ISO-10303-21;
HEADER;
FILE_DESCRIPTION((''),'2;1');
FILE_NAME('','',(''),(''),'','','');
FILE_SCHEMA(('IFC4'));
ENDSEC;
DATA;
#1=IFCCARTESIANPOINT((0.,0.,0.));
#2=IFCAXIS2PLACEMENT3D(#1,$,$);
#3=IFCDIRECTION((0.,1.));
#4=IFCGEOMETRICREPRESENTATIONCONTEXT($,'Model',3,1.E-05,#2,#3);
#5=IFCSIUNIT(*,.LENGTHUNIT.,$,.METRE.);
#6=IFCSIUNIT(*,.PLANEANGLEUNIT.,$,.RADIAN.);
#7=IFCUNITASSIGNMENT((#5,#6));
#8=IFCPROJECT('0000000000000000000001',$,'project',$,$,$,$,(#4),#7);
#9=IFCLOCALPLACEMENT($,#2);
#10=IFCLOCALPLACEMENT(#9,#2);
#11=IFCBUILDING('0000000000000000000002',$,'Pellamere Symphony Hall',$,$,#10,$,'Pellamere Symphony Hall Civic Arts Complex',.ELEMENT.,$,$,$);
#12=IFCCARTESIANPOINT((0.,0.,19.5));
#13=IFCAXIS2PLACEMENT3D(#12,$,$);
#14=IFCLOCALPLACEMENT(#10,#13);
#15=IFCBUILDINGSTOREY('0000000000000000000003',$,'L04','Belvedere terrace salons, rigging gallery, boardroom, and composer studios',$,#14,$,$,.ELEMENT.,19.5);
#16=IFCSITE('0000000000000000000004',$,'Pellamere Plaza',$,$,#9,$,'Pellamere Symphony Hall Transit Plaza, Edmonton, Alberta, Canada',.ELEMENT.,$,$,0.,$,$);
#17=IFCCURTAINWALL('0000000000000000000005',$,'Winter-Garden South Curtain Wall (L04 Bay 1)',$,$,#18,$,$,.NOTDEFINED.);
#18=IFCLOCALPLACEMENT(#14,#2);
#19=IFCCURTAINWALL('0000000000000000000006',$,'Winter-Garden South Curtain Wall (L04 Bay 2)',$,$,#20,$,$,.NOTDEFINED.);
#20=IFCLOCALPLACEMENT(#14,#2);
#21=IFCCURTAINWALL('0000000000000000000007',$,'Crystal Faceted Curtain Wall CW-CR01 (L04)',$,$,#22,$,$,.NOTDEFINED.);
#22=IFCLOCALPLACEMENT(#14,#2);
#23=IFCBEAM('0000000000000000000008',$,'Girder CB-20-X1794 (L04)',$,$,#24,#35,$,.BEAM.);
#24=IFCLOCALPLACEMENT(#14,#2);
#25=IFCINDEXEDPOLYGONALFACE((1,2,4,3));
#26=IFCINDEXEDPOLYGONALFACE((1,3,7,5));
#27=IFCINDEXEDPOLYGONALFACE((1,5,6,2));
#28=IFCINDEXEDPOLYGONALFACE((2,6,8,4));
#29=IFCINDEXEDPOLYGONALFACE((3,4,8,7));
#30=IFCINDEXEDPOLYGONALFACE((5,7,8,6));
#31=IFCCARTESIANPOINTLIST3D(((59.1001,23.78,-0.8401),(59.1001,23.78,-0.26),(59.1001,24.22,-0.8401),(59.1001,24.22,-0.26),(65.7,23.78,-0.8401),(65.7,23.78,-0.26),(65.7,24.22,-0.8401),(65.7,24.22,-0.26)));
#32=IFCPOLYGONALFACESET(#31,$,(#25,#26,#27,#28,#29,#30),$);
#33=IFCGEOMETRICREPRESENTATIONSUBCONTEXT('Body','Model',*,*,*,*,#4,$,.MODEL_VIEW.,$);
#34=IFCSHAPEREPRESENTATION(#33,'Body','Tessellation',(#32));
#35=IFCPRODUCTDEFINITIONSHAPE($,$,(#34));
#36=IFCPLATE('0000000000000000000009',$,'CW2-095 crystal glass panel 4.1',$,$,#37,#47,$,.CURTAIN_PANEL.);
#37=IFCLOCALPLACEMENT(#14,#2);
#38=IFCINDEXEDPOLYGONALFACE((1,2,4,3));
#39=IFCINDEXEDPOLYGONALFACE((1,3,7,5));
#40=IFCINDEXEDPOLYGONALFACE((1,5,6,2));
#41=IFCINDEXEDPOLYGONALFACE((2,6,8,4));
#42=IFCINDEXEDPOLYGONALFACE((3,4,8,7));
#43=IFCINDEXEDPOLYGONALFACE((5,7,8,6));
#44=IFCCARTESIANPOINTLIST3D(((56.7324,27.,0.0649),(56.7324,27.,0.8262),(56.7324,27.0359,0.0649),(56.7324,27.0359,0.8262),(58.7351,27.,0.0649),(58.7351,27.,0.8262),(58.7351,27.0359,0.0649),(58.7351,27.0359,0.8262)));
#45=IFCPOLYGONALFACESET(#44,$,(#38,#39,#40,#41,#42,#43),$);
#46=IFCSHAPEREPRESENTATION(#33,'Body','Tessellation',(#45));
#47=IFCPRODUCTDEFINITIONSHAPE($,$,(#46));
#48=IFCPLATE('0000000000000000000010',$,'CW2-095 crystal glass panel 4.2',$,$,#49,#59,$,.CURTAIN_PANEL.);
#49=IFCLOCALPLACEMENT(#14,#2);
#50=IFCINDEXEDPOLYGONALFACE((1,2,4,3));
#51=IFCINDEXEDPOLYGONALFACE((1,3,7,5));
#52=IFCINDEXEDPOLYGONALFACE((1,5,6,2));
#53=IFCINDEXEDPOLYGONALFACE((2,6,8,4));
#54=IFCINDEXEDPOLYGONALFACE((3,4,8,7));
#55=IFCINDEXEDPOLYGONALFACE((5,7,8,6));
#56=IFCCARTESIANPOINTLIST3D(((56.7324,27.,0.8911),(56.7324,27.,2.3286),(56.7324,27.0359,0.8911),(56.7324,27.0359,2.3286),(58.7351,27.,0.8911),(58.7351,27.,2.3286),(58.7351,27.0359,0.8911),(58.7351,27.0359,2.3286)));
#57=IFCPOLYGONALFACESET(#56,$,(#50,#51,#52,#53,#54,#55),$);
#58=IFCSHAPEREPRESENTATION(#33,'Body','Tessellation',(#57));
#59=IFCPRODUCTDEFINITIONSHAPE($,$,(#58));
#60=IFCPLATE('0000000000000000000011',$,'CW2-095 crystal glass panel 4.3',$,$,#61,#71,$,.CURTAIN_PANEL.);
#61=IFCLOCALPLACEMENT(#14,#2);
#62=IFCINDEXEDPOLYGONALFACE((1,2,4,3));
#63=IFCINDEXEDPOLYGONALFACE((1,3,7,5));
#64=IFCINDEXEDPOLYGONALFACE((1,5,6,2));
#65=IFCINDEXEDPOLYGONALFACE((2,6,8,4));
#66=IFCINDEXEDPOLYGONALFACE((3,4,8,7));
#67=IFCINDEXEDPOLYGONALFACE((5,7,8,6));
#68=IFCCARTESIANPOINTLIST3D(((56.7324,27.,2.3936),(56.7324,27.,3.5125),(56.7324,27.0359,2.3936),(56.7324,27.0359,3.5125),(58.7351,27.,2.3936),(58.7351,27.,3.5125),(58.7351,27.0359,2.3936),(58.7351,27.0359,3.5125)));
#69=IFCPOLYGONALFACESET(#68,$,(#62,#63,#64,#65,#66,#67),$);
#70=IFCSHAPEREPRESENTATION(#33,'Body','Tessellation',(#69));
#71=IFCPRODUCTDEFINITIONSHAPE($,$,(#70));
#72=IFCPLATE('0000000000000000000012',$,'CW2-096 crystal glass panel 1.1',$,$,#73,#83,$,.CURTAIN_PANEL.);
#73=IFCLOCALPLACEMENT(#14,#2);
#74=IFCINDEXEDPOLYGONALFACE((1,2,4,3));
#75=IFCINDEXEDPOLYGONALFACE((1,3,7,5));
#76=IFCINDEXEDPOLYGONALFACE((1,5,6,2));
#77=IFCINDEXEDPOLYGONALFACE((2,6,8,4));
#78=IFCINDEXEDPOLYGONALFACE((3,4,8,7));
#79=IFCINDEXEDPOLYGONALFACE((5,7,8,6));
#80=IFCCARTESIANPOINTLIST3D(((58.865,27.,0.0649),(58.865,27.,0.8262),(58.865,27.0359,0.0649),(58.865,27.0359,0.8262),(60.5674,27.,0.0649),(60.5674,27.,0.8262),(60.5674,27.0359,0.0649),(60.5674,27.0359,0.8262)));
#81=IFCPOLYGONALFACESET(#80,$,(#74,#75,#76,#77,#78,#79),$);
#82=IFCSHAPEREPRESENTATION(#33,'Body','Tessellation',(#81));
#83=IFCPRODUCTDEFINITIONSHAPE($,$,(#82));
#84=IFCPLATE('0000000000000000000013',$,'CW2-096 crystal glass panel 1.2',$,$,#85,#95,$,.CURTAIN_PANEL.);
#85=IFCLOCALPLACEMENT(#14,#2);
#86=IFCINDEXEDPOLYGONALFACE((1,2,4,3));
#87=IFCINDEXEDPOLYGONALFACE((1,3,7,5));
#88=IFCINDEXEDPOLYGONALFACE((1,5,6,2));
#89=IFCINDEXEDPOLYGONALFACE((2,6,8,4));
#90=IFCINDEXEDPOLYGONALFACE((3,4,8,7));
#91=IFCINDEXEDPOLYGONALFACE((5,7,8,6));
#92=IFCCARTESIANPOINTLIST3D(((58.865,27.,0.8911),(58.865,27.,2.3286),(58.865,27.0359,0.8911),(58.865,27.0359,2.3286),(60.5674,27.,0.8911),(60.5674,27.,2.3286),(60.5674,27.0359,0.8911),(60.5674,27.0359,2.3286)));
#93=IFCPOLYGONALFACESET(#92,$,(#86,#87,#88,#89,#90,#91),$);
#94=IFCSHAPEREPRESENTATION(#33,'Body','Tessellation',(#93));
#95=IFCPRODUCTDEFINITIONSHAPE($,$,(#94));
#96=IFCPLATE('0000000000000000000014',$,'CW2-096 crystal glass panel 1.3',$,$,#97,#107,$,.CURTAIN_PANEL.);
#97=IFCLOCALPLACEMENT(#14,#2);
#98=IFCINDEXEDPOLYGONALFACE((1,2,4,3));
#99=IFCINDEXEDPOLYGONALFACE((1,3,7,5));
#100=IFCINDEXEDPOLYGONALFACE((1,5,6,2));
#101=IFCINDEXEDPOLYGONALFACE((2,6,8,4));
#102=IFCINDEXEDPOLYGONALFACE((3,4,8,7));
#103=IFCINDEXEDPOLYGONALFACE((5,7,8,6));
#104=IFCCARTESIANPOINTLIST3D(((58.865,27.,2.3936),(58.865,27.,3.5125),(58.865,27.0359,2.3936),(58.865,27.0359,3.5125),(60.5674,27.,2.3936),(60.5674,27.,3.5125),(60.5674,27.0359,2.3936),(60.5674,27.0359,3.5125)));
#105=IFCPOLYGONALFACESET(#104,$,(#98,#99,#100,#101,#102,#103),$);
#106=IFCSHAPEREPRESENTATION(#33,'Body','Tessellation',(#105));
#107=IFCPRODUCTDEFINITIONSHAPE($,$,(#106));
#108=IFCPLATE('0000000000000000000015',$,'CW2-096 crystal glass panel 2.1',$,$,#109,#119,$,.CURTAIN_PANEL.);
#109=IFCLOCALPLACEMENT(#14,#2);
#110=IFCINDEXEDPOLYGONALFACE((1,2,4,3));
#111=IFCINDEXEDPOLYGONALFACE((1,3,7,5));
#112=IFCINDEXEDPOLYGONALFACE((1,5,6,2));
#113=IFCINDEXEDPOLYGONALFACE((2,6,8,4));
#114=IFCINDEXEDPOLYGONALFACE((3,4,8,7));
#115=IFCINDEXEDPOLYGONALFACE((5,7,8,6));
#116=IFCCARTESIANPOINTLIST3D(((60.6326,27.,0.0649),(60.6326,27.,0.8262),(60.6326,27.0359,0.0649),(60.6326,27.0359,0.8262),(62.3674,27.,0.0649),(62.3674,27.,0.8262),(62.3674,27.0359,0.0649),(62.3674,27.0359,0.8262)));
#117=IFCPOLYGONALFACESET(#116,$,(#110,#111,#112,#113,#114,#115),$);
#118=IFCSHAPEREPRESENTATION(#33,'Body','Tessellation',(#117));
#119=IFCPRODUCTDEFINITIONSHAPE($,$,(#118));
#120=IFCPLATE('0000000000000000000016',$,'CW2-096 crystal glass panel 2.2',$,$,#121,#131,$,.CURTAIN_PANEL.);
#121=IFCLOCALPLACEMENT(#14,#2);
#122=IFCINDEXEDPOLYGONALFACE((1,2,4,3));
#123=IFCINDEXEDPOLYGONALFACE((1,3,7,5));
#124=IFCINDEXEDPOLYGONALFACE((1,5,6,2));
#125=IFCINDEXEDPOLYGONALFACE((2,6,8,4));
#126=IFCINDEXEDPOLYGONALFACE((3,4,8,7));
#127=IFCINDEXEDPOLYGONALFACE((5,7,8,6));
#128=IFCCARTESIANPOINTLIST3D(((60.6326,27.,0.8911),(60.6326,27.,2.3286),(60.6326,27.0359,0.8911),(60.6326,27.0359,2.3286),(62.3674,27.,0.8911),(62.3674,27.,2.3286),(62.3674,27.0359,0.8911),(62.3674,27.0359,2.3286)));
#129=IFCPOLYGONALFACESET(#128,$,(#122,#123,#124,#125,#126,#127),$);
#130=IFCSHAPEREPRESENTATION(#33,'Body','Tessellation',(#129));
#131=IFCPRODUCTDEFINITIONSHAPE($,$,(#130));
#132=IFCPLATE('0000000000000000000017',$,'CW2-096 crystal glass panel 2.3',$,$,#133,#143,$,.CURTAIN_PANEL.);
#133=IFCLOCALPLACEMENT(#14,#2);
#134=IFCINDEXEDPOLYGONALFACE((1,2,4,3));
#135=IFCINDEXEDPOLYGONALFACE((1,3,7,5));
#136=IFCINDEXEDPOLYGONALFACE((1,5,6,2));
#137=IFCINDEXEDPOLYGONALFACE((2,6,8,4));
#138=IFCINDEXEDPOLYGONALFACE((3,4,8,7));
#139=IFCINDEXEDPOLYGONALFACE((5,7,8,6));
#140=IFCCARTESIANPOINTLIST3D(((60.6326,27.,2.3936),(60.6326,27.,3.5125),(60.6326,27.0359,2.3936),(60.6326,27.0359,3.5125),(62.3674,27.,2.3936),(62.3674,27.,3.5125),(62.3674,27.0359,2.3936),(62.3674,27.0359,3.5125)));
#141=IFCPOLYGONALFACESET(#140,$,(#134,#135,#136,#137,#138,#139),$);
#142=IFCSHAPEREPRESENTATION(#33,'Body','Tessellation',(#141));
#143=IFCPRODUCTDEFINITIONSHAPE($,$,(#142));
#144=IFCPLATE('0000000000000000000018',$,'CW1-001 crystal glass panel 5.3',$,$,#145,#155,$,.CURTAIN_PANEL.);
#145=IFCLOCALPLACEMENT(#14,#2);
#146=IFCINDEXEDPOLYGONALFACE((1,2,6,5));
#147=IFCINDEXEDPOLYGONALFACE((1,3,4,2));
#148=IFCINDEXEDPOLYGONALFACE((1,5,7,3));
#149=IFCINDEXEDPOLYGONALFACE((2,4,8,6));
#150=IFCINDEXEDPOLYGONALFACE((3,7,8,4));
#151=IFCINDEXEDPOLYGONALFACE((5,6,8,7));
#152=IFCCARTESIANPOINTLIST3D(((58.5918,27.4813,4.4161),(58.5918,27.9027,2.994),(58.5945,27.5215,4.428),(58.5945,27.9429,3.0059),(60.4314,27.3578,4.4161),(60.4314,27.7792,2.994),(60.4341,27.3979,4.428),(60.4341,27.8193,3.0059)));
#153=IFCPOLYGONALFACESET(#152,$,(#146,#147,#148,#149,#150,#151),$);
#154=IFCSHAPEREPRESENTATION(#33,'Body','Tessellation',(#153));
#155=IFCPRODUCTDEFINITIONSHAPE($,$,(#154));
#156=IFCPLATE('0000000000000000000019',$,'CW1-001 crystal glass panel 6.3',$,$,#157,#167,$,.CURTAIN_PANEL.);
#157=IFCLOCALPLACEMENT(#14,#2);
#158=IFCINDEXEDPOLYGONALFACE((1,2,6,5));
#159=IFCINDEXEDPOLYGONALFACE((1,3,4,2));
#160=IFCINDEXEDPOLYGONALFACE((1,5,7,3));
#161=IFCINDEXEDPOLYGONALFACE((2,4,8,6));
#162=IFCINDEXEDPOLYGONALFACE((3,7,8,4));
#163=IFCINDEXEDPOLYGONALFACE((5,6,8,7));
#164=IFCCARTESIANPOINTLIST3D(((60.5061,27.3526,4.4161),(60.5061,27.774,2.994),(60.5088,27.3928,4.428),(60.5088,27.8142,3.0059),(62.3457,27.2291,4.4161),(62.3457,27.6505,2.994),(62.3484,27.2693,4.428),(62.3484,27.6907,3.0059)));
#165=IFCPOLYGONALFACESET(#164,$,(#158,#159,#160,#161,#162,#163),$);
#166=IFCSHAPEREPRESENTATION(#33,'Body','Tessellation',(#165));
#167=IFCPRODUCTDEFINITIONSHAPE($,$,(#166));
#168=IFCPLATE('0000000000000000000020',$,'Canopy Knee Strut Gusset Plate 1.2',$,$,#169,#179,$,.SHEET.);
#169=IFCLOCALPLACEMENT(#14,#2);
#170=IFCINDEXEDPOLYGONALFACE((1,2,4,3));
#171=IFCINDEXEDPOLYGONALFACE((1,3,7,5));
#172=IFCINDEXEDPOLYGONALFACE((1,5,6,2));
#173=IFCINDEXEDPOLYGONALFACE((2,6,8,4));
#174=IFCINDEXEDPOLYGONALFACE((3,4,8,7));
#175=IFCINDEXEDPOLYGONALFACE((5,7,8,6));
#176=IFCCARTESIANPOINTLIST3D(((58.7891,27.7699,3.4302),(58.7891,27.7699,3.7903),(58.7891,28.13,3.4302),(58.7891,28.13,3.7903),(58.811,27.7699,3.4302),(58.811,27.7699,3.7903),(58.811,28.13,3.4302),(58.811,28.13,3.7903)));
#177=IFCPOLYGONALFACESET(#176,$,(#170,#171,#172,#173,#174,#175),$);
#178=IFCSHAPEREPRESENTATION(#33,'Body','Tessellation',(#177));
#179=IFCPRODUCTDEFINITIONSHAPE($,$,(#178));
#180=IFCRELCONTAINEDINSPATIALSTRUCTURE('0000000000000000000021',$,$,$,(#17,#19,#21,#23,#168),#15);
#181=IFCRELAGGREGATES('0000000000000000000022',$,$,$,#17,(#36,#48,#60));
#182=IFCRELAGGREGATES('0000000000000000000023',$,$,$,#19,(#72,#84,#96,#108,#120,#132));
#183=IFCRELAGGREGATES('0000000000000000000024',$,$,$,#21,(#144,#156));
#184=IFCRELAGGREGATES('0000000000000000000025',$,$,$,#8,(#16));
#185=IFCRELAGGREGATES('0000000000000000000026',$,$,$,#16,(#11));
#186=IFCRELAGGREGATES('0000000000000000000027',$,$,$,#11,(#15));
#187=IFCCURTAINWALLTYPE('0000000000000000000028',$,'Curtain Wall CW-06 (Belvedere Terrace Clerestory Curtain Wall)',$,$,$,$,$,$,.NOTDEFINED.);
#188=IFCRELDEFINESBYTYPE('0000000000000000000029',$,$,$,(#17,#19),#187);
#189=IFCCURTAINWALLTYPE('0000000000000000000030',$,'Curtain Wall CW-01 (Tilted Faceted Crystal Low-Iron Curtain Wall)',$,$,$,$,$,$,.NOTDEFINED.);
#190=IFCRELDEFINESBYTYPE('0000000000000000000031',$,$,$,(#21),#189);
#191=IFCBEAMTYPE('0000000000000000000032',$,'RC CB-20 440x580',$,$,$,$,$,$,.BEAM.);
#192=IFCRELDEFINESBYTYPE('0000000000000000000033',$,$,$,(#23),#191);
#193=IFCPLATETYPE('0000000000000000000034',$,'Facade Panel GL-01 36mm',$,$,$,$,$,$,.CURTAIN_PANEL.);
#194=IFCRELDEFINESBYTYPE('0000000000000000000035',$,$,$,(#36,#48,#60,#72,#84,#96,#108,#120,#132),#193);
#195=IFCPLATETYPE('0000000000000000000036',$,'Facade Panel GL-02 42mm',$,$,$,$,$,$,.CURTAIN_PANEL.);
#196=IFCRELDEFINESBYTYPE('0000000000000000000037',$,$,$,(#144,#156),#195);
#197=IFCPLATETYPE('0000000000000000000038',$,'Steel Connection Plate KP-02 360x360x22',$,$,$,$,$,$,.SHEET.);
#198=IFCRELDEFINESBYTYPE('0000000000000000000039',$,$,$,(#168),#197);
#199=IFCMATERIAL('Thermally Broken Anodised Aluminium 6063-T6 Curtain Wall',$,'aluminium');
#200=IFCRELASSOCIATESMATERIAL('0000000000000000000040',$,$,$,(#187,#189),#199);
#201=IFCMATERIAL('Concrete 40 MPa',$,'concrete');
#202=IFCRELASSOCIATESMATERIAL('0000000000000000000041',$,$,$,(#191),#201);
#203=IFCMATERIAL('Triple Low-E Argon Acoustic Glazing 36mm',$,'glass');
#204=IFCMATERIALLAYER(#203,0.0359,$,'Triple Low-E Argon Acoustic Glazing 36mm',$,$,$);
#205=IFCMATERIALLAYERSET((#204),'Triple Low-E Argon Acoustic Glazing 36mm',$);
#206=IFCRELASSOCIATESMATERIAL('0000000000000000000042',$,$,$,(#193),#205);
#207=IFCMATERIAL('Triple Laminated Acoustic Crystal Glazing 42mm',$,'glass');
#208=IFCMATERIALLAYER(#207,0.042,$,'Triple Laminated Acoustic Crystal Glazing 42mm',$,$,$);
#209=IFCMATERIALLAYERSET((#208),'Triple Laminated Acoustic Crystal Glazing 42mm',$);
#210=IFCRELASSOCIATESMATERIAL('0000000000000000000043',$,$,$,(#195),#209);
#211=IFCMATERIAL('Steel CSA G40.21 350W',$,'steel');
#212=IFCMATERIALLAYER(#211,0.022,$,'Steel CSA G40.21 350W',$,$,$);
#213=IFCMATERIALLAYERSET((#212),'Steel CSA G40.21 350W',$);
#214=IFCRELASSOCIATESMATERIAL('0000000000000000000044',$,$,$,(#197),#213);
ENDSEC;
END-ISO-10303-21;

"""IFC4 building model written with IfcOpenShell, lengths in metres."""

from ifc_helpers import new_model, si_unit, direction, frame, origin, origin_2d, place, context, subcontext, project, spatial, polyline, rectangle, outline, extrude, material, layer, layer_set, material_profile, profile_set, type_object, element, aggregate, save


model = new_model("IFC4")

# Units and contexts
model_context = context("Model", 3, precision=1e-05, world=origin(), true_north=direction((0.0, 1.0)))
body_context = subcontext(model_context, "Body", "Model", "MODEL_VIEW")
ifc_project = project(units=[si_unit("LENGTHUNIT", "METRE"), si_unit("PLANEANGLEUNIT", "RADIAN")], contexts=[model_context])

# Site, building, storey
site_placement = place(None, origin())
site = spatial("IfcSite", under=ifc_project, at=site_placement, Name="Pellamere Plaza", LongName="Pellamere Symphony Hall Transit Plaza, Edmonton, Alberta, Canada", CompositionType="ELEMENT", RefElevation=0.0)
building_placement = place(site_placement, origin())
building = spatial("IfcBuilding", under=site, at=building_placement, Name="Pellamere Symphony Hall", LongName="Pellamere Symphony Hall Civic Arts Complex", CompositionType="ELEMENT")
storey_placement = place(building_placement, frame((0.0, 0.0, 19.5)))
storey = spatial("IfcBuildingStorey", under=building, at=storey_placement, Name="L04", Description="Belvedere terrace salons, rigging gallery, boardroom, and composer studios", CompositionType="ELEMENT", Elevation=19.5)

# Curtain walls
ifc_material_1 = material(Name="Thermally Broken Anodised Aluminium 6063-T6 Curtain Wall", Category="aluminium")
curtain_wall_type_1 = type_object("IfcCurtainWallType", Name="Curtain Wall CW-06 (Belvedere Terrace Clerestory Curtain Wall)", PredefinedType="NOTDEFINED", material=ifc_material_1)
curtain_wall_1_placement = place(storey_placement, origin())
curtain_wall_1 = element("IfcCurtainWall", 1, at=curtain_wall_1_placement, inside=storey, type_object=curtain_wall_type_1, Name="Winter-Garden South Curtain Wall (L04 Bay 1)", PredefinedType="NOTDEFINED")
curtain_wall_2_placement = place(storey_placement, origin())
curtain_wall_2 = element("IfcCurtainWall", 2, at=curtain_wall_2_placement, inside=storey, type_object=curtain_wall_type_1, Name="Winter-Garden South Curtain Wall (L04 Bay 2)", PredefinedType="NOTDEFINED")
curtain_wall_type_2 = type_object("IfcCurtainWallType", Name="Curtain Wall CW-01 (Tilted Faceted Crystal Low-Iron Curtain Wall)", PredefinedType="NOTDEFINED", material=ifc_material_1)
curtain_wall_3_placement = place(storey_placement, origin())
curtain_wall_3 = element("IfcCurtainWall", 3, at=curtain_wall_3_placement, inside=storey, type_object=curtain_wall_type_2, Name="Crystal Faceted Curtain Wall CW-CR01 (L04)", PredefinedType="NOTDEFINED")

# Beam
ifc_material_2 = material(Name="Concrete 40 MPa", Category="concrete")
ifc_material_profile_1 = material_profile(ifc_material_2, rectangle(XDim=0.4399, YDim=0.5801, at=origin_2d()), Name="RC 440x580")
ifc_profile_set_1 = profile_set([ifc_material_profile_1], Name="Concrete 40 MPa")
beam_type_1 = type_object("IfcBeamType", Name="RC CB-20 440x580", PredefinedType="BEAM", material=ifc_profile_set_1)
beam_1_placement = place(storey_placement, frame((59.1001, 24.0, -0.55), z_axis=(1.0, 0.0, 0.0), x_axis=(0.0, 1.0, 0.0)))
element("IfcBeam", 4, at=beam_1_placement, inside=storey, type_object=beam_type_1, Name="Girder CB-20-X1794 (L04)", PredefinedType="BEAM", context=body_context, shape_type="SweptSolid", body=[
    extrude(rectangle(XDim=0.4399, YDim=0.5801, at=origin_2d()), origin(), (0.0, 0.0, 1.0), 6.5999),
])

# Plates
ifc_material_3 = material(Name="Triple Low-E Argon Acoustic Glazing 36mm", Category="glass")
ifc_layer_1 = layer(ifc_material_3, 0.0359, Name="Triple Low-E Argon Acoustic Glazing 36mm")
ifc_layer_set_1 = layer_set([ifc_layer_1], Name="Triple Low-E Argon Acoustic Glazing 36mm")
plate_type_1 = type_object("IfcPlateType", Name="Facade Panel GL-01 36mm", PredefinedType="CURTAIN_PANEL", material=ifc_layer_set_1)
plate_1_placement = place(storey_placement, frame((56.7324, 27.0, 0.0649), z_axis=(0.0, -1.0, 0.0), x_axis=(1.0, 0.0, 0.0)))
plate_1 = element("IfcPlate", 5, at=plate_1_placement, type_object=plate_type_1, Name="CW2-095 crystal glass panel 4.1", PredefinedType="CURTAIN_PANEL", context=body_context, shape_type="SweptSolid", body=[
    extrude(outline(polyline([(0.0, 0.0), (2.0027, 0.0), (2.0027, 0.7612), (0.0, 0.7612), (0.0, 0.0)])), origin(), (0.0, 0.0, -1.0), 0.0359),
])
plate_2_placement = place(storey_placement, frame((56.7324, 27.0, 0.8911), z_axis=(0.0, -1.0, 0.0), x_axis=(1.0, 0.0, 0.0)))
plate_2 = element("IfcPlate", 6, at=plate_2_placement, type_object=plate_type_1, Name="CW2-095 crystal glass panel 4.2", PredefinedType="CURTAIN_PANEL", context=body_context, shape_type="SweptSolid", body=[
    extrude(outline(polyline([(0.0, 0.0), (2.0027, 0.0), (2.0027, 1.4375), (0.0, 1.4375), (0.0, 0.0)])), origin(), (0.0, 0.0, -1.0), 0.0359),
])
plate_3_placement = place(storey_placement, frame((56.7324, 27.0, 2.3936), z_axis=(0.0, -1.0, 0.0), x_axis=(1.0, 0.0, 0.0)))
plate_3 = element("IfcPlate", 7, at=plate_3_placement, type_object=plate_type_1, Name="CW2-095 crystal glass panel 4.3", PredefinedType="CURTAIN_PANEL", context=body_context, shape_type="SweptSolid", body=[
    extrude(outline(polyline([(0.0, 0.0), (2.0027, 0.0), (2.0027, 1.1189), (0.0, 1.1189), (0.0, 0.0)])), origin(), (0.0, 0.0, -1.0), 0.0359),
])
aggregate(curtain_wall_1, [plate_1, plate_2, plate_3])
plate_4_placement = place(storey_placement, frame((58.865, 27.0, 0.0649), z_axis=(0.0, -1.0, 0.0), x_axis=(1.0, 0.0, 0.0)))
plate_4 = element("IfcPlate", 8, at=plate_4_placement, type_object=plate_type_1, Name="CW2-096 crystal glass panel 1.1", PredefinedType="CURTAIN_PANEL", context=body_context, shape_type="SweptSolid", body=[
    extrude(outline(polyline([(0.0, 0.0), (1.7024, 0.0), (1.7024, 0.7612), (0.0, 0.7612), (0.0, 0.0)])), origin(), (0.0, 0.0, -1.0), 0.0359),
])
plate_5_placement = place(storey_placement, frame((58.865, 27.0, 0.8911), z_axis=(0.0, -1.0, 0.0), x_axis=(1.0, 0.0, 0.0)))
plate_5 = element("IfcPlate", 9, at=plate_5_placement, type_object=plate_type_1, Name="CW2-096 crystal glass panel 1.2", PredefinedType="CURTAIN_PANEL", context=body_context, shape_type="SweptSolid", body=[
    extrude(outline(polyline([(0.0, 0.0), (1.7024, 0.0), (1.7024, 1.4375), (0.0, 1.4375), (0.0, 0.0)])), origin(), (0.0, 0.0, -1.0), 0.0359),
])
plate_6_placement = place(storey_placement, frame((58.865, 27.0, 2.3936), z_axis=(0.0, -1.0, 0.0), x_axis=(1.0, 0.0, 0.0)))
plate_6 = element("IfcPlate", 10, at=plate_6_placement, type_object=plate_type_1, Name="CW2-096 crystal glass panel 1.3", PredefinedType="CURTAIN_PANEL", context=body_context, shape_type="SweptSolid", body=[
    extrude(outline(polyline([(0.0, 0.0), (1.7024, 0.0), (1.7024, 1.1189), (0.0, 1.1189), (0.0, 0.0)])), origin(), (0.0, 0.0, -1.0), 0.0359),
])
plate_7_placement = place(storey_placement, frame((60.6326, 27.0, 0.0649), z_axis=(0.0, -1.0, 0.0), x_axis=(1.0, 0.0, 0.0)))
plate_7 = element("IfcPlate", 11, at=plate_7_placement, type_object=plate_type_1, Name="CW2-096 crystal glass panel 2.1", PredefinedType="CURTAIN_PANEL", context=body_context, shape_type="SweptSolid", body=[
    extrude(outline(polyline([(0.0, 0.0), (1.7349, 0.0), (1.7349, 0.7612), (0.0, 0.7612), (0.0, 0.0)])), origin(), (0.0, 0.0, -1.0), 0.0359),
])
plate_8_placement = place(storey_placement, frame((60.6326, 27.0, 0.8911), z_axis=(0.0, -1.0, 0.0), x_axis=(1.0, 0.0, 0.0)))
plate_8 = element("IfcPlate", 12, at=plate_8_placement, type_object=plate_type_1, Name="CW2-096 crystal glass panel 2.2", PredefinedType="CURTAIN_PANEL", context=body_context, shape_type="SweptSolid", body=[
    extrude(outline(polyline([(0.0, 0.0), (1.7349, 0.0), (1.7349, 1.4375), (0.0, 1.4375), (0.0, 0.0)])), origin(), (0.0, 0.0, -1.0), 0.0359),
])
plate_9_placement = place(storey_placement, frame((60.6326, 27.0, 2.3936), z_axis=(0.0, -1.0, 0.0), x_axis=(1.0, 0.0, 0.0)))
plate_9 = element("IfcPlate", 13, at=plate_9_placement, type_object=plate_type_1, Name="CW2-096 crystal glass panel 2.3", PredefinedType="CURTAIN_PANEL", context=body_context, shape_type="SweptSolid", body=[
    extrude(outline(polyline([(0.0, 0.0), (1.7349, 0.0), (1.7349, 1.1189), (0.0, 1.1189), (0.0, 0.0)])), origin(), (0.0, 0.0, -1.0), 0.0359),
])
aggregate(curtain_wall_2, [plate_4, plate_5, plate_6, plate_7, plate_8, plate_9])
ifc_material_4 = material(Name="Triple Laminated Acoustic Crystal Glazing 42mm", Category="glass")
ifc_layer_2 = layer(ifc_material_4, 0.042, Name="Triple Laminated Acoustic Crystal Glazing 42mm")
ifc_layer_set_2 = layer_set([ifc_layer_2], Name="Triple Laminated Acoustic Crystal Glazing 42mm")
plate_type_2 = type_object("IfcPlateType", Name="Facade Panel GL-02 42mm", PredefinedType="CURTAIN_PANEL", material=ifc_layer_set_2)
plate_10_placement = place(storey_placement, frame((58.5945, 27.9429, 3.0059), z_axis=(0.064253, 0.956814, 0.283512), x_axis=(0.997753, -0.067002, 0.0)))
plate_10 = element("IfcPlate", 14, at=plate_10_placement, type_object=plate_type_2, Name="CW1-001 crystal glass panel 5.3", PredefinedType="CURTAIN_PANEL", context=body_context, shape_type="SweptSolid", body=[
    extrude(outline(polyline([(0.0, 0.0), (1.8437, 0.0), (1.872, -1.483), (0.0282, -1.483), (0.0, 0.0)])), origin(), (0.0, 0.0, -1.0), 0.042),
])
plate_11_placement = place(storey_placement, frame((60.5088, 27.8142, 3.0059), z_axis=(0.064253, 0.956814, 0.283512), x_axis=(0.997753, -0.067002, 0.0)))
plate_11 = element("IfcPlate", 15, at=plate_11_placement, type_object=plate_type_2, Name="CW1-001 crystal glass panel 6.3", PredefinedType="CURTAIN_PANEL", context=body_context, shape_type="SweptSolid", body=[
    extrude(outline(polyline([(0.0, 0.0), (1.8437, 0.0), (1.872, -1.483), (0.0282, -1.483), (0.0, 0.0)])), origin(), (0.0, 0.0, -1.0), 0.042),
])
aggregate(curtain_wall_3, [plate_10, plate_11])
ifc_material_5 = material(Name="Steel CSA G40.21 350W", Category="steel")
ifc_layer_3 = layer(ifc_material_5, 0.022, Name="Steel CSA G40.21 350W")
ifc_layer_set_3 = layer_set([ifc_layer_3], Name="Steel CSA G40.21 350W")
plate_type_3 = type_object("IfcPlateType", Name="Steel Connection Plate KP-02 360x360x22", PredefinedType="SHEET", material=ifc_layer_set_3)
plate_12_placement = place(storey_placement, frame((58.8, 27.95, 3.4302), z_axis=(0.0, 0.0, 1.0), x_axis=(1.0, 0.0, 0.0)))
element("IfcPlate", 16, at=plate_12_placement, inside=storey, type_object=plate_type_3, Name="Canopy Knee Strut Gusset Plate 1.2", PredefinedType="SHEET", context=body_context, shape_type="SweptSolid", body=[
    extrude(rectangle(XDim=0.022, YDim=0.3601, at=origin_2d()), origin(), (0.0, 0.0, 1.0), 0.3601),
])

save(model, "model.ifc")
